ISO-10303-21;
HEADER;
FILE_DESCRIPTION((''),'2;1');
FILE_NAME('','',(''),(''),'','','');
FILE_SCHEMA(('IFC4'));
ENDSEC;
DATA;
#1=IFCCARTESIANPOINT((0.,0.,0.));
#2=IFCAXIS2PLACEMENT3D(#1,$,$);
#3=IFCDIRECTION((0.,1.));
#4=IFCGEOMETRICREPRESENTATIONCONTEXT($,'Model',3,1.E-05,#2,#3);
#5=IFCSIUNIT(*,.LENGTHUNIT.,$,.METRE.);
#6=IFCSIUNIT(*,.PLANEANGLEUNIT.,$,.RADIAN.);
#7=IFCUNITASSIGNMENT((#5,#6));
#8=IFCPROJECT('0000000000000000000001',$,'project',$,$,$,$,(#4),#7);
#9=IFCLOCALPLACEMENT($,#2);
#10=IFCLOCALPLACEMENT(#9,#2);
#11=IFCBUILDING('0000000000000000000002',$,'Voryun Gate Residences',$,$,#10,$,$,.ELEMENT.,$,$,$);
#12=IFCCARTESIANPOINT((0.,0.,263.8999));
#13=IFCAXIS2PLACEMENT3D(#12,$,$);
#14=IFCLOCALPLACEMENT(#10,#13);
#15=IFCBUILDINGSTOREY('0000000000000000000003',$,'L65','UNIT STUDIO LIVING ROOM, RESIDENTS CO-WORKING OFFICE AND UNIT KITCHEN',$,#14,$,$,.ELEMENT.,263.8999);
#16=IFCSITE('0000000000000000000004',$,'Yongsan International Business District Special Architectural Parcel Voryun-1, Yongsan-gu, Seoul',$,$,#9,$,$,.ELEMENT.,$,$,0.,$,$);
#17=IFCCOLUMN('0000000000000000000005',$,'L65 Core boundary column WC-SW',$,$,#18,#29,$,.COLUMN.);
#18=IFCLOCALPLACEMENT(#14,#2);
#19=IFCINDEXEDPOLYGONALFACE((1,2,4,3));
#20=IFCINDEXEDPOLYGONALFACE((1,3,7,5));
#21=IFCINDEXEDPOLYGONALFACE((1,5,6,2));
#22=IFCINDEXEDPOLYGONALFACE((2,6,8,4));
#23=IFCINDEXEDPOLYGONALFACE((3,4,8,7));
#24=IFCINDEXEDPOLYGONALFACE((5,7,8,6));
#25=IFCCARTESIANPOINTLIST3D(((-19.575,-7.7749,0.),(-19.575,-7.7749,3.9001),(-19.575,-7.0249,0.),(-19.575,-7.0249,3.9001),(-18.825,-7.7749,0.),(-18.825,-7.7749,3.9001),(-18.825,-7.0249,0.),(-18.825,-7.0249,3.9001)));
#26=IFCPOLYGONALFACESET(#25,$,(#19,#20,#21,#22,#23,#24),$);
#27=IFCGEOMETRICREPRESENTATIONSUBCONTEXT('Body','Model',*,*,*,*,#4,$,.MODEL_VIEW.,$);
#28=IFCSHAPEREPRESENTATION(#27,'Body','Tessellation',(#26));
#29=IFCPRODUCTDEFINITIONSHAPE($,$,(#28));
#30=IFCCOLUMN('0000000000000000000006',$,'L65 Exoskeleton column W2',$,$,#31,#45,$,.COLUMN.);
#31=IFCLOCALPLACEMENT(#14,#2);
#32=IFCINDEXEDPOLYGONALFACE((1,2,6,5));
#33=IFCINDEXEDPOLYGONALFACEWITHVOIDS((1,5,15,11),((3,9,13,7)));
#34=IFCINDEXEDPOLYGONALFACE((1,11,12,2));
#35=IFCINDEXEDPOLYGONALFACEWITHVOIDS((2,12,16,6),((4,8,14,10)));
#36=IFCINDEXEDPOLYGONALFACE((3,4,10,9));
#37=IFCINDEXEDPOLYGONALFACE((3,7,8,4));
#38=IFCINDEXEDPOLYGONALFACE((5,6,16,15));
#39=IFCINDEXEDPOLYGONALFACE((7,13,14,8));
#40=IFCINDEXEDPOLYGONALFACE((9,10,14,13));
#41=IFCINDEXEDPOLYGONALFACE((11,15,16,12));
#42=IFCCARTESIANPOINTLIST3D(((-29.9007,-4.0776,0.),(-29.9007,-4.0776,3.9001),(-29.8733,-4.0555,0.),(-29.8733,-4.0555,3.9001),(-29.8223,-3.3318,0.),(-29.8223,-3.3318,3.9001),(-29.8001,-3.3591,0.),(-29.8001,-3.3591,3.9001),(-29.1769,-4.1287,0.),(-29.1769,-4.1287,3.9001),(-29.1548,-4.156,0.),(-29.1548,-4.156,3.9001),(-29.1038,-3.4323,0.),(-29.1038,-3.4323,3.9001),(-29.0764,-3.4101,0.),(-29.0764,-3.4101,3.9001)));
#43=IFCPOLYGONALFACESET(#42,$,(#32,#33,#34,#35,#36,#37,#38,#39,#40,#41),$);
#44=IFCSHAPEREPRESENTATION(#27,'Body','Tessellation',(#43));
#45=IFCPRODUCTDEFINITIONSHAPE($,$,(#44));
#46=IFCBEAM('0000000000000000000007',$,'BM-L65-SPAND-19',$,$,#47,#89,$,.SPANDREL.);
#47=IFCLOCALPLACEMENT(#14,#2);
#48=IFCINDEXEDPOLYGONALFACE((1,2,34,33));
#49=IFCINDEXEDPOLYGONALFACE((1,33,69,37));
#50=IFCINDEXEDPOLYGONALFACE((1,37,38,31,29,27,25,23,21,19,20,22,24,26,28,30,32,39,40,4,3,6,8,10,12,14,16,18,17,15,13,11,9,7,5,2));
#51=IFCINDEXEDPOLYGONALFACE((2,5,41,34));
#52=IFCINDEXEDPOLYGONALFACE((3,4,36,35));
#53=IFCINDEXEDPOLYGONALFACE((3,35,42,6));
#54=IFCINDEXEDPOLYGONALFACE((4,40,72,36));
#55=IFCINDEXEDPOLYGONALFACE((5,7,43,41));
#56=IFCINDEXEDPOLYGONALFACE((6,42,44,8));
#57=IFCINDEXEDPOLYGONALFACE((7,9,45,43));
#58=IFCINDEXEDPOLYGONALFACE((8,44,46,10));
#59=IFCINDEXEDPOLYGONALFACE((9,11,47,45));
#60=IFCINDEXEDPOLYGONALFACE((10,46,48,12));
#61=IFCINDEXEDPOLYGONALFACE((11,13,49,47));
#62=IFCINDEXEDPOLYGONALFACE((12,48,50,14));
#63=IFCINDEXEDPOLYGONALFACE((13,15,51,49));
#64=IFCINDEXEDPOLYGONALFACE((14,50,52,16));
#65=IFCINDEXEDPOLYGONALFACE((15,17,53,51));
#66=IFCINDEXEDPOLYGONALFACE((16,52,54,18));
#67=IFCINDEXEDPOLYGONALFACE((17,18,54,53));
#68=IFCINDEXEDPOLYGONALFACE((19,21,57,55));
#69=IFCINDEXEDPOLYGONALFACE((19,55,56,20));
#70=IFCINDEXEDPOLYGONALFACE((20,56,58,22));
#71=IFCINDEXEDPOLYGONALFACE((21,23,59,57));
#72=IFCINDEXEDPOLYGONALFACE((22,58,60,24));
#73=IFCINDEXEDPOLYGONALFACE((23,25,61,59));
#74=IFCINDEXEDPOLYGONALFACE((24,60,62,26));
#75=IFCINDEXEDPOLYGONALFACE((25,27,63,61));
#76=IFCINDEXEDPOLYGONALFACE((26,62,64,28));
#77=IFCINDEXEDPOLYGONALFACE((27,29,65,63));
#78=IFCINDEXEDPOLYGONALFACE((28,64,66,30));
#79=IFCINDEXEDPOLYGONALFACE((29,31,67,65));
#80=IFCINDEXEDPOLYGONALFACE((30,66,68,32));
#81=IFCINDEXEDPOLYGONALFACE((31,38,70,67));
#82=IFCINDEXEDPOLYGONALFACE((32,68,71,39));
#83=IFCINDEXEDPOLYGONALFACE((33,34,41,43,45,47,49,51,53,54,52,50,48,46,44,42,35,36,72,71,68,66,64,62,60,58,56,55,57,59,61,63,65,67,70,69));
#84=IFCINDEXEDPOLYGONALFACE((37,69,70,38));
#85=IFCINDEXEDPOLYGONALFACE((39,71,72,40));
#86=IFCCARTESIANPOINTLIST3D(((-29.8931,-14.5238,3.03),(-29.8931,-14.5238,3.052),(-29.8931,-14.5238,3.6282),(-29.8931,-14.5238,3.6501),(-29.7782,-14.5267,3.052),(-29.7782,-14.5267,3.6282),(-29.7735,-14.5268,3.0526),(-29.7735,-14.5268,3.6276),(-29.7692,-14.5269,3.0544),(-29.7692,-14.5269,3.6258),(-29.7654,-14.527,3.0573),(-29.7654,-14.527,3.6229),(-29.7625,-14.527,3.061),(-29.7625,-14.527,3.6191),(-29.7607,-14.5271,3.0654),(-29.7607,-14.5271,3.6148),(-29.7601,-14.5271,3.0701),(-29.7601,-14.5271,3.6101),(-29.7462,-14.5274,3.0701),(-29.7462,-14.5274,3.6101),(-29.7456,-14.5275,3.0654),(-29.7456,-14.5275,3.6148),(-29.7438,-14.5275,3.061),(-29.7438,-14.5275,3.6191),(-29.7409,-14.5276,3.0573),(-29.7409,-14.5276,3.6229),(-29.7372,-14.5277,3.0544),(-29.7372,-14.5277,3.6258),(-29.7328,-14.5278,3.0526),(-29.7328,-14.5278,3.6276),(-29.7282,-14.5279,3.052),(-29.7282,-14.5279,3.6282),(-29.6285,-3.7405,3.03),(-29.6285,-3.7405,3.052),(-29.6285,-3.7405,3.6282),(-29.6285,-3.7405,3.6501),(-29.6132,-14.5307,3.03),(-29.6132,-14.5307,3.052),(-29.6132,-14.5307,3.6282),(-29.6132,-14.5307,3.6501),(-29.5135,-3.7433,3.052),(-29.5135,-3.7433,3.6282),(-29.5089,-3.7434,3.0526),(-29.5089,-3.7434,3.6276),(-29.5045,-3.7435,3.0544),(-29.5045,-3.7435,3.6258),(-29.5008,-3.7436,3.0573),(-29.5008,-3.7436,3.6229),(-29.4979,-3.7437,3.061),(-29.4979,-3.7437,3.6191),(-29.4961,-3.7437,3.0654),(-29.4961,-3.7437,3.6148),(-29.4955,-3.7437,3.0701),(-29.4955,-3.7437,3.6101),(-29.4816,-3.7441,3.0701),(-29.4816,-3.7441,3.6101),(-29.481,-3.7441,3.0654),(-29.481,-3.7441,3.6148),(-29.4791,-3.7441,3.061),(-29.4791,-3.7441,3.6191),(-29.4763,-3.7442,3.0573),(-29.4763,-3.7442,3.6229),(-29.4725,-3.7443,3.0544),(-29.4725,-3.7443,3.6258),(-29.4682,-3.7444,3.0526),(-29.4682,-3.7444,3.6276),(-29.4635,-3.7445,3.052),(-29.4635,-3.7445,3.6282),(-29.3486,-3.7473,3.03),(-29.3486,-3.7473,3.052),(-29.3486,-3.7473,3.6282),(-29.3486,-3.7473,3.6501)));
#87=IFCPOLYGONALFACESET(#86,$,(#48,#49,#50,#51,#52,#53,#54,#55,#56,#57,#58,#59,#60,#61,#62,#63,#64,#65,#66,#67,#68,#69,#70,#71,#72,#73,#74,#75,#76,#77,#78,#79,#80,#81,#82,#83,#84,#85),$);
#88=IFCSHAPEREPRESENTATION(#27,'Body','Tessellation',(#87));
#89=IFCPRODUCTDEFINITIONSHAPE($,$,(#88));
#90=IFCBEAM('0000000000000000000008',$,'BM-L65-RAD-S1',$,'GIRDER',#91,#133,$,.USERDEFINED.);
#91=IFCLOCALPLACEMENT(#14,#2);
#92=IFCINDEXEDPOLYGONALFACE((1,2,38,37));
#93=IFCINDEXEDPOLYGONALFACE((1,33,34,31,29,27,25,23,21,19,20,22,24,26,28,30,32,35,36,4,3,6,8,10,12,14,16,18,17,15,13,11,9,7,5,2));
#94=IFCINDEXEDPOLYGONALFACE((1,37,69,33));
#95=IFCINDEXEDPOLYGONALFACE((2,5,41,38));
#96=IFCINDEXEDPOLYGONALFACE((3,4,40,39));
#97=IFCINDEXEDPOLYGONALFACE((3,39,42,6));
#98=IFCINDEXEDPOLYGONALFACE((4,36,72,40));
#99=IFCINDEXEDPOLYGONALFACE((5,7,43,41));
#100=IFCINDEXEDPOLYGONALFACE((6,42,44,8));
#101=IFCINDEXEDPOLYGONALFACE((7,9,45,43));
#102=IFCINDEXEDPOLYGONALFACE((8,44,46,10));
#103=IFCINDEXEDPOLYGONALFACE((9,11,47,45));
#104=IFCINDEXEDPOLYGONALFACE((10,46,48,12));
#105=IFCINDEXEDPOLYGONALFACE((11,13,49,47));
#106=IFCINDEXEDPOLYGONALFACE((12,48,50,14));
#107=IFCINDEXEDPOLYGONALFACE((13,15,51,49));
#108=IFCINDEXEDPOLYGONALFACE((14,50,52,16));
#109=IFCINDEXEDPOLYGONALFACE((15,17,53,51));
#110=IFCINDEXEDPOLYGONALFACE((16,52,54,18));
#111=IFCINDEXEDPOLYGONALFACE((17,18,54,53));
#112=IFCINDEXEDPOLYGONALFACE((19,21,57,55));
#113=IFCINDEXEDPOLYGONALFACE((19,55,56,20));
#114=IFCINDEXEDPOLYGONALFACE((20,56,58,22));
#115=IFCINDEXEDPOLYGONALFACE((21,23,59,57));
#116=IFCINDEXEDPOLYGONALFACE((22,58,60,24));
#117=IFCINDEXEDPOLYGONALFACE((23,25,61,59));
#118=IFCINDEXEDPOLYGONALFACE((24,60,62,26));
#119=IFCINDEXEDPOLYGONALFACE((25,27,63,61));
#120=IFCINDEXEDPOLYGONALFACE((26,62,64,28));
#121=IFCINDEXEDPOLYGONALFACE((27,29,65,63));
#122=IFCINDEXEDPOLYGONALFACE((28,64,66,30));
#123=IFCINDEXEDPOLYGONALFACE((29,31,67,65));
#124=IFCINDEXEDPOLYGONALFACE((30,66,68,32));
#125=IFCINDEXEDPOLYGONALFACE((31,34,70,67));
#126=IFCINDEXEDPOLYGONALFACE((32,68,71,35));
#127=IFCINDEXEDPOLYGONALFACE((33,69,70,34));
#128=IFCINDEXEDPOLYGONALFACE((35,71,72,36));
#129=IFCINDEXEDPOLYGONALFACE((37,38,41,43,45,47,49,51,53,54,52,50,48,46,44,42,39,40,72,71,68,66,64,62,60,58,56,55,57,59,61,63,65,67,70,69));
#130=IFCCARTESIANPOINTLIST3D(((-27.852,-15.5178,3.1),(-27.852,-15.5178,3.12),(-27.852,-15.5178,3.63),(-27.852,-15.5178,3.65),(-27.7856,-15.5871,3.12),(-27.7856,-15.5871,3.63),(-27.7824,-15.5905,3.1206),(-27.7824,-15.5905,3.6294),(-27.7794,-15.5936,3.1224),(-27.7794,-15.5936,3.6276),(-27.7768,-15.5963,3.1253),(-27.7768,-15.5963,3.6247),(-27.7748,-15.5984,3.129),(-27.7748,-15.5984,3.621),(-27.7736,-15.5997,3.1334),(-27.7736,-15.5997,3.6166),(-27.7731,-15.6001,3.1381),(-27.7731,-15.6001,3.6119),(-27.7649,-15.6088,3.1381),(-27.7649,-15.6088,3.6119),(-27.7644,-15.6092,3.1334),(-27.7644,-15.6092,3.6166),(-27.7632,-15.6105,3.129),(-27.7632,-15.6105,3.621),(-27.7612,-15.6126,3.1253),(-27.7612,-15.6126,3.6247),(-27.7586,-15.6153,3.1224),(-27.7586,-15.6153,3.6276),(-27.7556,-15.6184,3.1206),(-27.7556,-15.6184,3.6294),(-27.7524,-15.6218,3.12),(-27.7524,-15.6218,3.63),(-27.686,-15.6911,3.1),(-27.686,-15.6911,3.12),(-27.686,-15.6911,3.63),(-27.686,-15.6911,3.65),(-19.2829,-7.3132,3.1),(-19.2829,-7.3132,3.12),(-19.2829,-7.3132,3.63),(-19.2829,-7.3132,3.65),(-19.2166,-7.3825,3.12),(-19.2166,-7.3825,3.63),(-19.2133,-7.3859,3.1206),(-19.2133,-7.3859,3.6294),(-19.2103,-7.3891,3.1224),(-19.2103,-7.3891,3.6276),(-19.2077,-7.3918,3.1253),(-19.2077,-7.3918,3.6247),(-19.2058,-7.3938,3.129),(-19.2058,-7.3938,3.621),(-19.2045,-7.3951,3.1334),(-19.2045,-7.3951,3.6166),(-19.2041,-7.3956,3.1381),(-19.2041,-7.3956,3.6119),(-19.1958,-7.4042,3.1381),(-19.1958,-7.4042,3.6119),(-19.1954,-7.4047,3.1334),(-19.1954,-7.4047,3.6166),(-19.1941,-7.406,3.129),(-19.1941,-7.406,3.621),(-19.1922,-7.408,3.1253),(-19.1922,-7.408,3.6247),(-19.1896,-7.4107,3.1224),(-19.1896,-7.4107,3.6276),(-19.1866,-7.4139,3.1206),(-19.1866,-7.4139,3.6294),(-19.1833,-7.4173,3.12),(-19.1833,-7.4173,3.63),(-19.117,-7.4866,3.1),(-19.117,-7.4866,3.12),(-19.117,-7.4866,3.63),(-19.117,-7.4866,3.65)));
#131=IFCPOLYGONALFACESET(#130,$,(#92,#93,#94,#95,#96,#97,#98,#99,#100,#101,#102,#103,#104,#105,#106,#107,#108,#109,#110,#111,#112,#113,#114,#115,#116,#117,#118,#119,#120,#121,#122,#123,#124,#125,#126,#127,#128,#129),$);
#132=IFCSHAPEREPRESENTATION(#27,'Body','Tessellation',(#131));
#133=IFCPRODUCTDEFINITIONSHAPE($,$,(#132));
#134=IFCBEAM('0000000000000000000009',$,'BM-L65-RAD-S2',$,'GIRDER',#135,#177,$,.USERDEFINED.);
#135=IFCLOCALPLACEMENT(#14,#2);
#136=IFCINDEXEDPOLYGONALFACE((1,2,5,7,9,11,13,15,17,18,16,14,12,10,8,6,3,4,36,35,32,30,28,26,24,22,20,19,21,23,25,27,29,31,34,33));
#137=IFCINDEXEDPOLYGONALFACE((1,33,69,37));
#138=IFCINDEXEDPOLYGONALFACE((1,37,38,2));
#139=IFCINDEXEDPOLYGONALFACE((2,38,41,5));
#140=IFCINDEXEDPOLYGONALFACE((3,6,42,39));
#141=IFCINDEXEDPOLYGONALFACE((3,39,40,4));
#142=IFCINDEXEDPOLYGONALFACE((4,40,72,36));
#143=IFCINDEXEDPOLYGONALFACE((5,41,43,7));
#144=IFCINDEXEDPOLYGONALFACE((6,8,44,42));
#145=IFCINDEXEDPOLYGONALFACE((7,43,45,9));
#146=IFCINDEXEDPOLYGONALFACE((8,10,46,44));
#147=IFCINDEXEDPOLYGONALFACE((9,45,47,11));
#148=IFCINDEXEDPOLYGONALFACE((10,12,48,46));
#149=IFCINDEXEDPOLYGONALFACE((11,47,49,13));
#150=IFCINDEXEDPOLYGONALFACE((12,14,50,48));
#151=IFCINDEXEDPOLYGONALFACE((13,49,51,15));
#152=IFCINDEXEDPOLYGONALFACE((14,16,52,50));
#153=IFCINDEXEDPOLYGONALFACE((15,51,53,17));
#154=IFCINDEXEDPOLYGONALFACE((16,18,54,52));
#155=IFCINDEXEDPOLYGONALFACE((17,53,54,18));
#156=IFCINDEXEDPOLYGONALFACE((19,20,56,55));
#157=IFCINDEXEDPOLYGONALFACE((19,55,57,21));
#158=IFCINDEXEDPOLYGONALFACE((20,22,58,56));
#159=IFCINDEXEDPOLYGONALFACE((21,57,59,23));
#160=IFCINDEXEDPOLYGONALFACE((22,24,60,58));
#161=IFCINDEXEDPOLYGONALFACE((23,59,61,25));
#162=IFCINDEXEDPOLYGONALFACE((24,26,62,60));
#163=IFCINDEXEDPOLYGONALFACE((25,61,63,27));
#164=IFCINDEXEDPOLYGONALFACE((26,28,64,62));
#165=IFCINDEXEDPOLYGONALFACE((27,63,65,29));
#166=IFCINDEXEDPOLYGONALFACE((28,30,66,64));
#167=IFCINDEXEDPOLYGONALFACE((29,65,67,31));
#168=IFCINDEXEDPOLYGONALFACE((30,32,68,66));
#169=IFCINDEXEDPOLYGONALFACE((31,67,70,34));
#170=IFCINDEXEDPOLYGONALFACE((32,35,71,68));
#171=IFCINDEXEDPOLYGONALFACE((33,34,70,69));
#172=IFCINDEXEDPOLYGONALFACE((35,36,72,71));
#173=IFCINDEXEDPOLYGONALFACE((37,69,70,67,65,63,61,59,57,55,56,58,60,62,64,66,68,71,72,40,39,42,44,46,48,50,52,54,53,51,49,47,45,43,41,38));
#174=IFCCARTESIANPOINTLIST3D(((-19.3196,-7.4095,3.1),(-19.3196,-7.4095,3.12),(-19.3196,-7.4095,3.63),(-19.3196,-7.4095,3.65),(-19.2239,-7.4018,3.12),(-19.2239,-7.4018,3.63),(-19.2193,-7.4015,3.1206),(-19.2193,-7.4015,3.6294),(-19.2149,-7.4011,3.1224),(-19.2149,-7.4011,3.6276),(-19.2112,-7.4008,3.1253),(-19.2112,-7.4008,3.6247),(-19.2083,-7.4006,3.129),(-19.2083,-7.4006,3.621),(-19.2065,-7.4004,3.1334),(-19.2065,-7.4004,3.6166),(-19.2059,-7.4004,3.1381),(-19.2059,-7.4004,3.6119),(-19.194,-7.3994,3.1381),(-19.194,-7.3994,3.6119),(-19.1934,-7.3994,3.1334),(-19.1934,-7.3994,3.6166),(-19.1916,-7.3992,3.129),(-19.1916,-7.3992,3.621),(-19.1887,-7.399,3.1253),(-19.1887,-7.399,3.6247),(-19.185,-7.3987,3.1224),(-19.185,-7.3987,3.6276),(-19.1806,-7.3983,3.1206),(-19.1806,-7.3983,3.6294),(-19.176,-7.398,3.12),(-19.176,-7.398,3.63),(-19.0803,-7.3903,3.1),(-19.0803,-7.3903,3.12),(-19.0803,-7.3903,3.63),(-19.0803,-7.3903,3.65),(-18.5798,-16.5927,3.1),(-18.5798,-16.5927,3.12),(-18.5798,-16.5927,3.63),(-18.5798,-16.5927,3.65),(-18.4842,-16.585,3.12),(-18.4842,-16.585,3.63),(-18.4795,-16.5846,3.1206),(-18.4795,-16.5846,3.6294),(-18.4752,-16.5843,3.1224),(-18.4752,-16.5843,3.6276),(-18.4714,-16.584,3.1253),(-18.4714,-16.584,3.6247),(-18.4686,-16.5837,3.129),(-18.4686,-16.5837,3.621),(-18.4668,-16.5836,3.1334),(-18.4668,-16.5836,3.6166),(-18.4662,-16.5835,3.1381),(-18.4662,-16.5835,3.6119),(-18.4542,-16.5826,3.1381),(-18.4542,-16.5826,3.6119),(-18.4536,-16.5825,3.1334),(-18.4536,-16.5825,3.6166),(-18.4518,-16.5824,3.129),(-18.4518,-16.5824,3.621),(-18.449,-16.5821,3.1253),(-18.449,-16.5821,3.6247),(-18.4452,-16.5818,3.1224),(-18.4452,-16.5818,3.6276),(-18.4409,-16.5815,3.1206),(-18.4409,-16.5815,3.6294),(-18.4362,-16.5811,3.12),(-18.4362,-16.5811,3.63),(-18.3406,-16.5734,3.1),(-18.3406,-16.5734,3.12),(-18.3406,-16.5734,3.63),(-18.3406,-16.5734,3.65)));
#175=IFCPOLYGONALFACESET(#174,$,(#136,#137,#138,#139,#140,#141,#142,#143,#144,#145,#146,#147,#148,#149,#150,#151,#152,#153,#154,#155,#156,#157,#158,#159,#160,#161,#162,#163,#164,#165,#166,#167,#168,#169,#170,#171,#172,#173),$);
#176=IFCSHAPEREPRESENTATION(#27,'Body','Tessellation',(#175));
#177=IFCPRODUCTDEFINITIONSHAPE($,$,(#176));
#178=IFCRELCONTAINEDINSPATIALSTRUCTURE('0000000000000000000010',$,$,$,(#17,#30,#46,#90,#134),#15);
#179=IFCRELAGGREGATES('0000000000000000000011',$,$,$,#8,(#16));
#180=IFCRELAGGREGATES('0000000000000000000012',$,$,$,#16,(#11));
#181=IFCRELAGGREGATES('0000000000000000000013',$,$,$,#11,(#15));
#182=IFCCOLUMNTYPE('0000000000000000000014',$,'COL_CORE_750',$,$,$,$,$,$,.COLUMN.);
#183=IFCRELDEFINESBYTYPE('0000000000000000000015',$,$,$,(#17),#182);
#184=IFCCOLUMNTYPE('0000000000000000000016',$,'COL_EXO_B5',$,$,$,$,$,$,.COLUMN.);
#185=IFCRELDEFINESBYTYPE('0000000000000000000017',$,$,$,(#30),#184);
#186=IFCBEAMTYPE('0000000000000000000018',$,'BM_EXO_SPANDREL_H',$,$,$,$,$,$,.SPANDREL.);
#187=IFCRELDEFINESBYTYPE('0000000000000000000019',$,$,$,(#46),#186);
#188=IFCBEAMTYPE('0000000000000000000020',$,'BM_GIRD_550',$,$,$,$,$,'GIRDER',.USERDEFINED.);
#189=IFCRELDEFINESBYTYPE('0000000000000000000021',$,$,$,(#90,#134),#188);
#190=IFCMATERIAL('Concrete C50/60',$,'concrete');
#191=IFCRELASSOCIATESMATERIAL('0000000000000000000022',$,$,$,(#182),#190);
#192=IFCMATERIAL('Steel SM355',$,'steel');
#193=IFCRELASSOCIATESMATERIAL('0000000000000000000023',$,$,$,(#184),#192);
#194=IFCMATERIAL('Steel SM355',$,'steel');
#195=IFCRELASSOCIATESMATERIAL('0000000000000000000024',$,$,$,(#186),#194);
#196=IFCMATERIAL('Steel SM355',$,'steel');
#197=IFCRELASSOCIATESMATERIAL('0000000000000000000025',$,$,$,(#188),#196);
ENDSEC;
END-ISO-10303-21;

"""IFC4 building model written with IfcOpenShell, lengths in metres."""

from ifc_helpers import new_model, si_unit, direction, frame, origin, origin_2d, place, context, subcontext, project, spatial, rectangle, hollow_rectangle, i_section, extrude, material, material_profile, profile_set, type_object, element, save


model = new_model("IFC4")

# Units and contexts
model_context = context("Model", 3, precision=1e-05, world=origin(), true_north=direction((0.0, 1.0)))
body_context = subcontext(model_context, "Body", "Model", "MODEL_VIEW")
ifc_project = project(units=[si_unit("LENGTHUNIT", "METRE"), si_unit("PLANEANGLEUNIT", "RADIAN")], contexts=[model_context])

# Site, building, storey
site_placement = place(None, origin())
site = spatial("IfcSite", under=ifc_project, at=site_placement, Name="Yongsan International Business District Special Architectural Parcel Voryun-1, Yongsan-gu, Seoul", CompositionType="ELEMENT", RefElevation=0.0)
building_placement = place(site_placement, origin())
building = spatial("IfcBuilding", under=site, at=building_placement, Name="Voryun Gate Residences", CompositionType="ELEMENT")
storey_placement = place(building_placement, frame((0.0, 0.0, 263.8999)))
storey = spatial("IfcBuildingStorey", under=building, at=storey_placement, Name="L65", Description="UNIT STUDIO LIVING ROOM, RESIDENTS CO-WORKING OFFICE AND UNIT KITCHEN", CompositionType="ELEMENT", Elevation=263.8999)

# Columns
ifc_material_1 = material(Name="Concrete C50/60", Category="concrete")
ifc_material_profile_1 = material_profile(ifc_material_1, rectangle(XDim=0.75, YDim=0.75, at=origin_2d()), Name="RC-750x750")
ifc_profile_set_1 = profile_set([ifc_material_profile_1], Name="Concrete C50/60")
column_type_1 = type_object("IfcColumnType", Name="COL_CORE_750", PredefinedType="COLUMN", material=ifc_profile_set_1)
column_1_placement = place(storey_placement, frame((-19.2, -7.3999, 0.0), z_axis=(0.0, 0.0, 1.0), x_axis=(1.0, 0.0, 0.0)))
element("IfcColumn", 1, at=column_1_placement, inside=storey, type_object=column_type_1, Name="L65 Core boundary column WC-SW", PredefinedType="COLUMN", context=body_context, shape_type="SweptSolid", body=[
    extrude(rectangle(XDim=0.75, YDim=0.75, at=origin_2d()), origin(), (0.0, 0.0, 1.0), 3.9001),
])
ifc_material_2 = material(Name="Steel SM355", Category="steel")
ifc_material_profile_2 = material_profile(ifc_material_2, hollow_rectangle(XDim=0.75, YDim=0.75, WallThickness=0.0249, at=origin_2d()), Name="BOX-750x750x25")
ifc_profile_set_2 = profile_set([ifc_material_profile_2], Name="Steel SM355")
column_type_2 = type_object("IfcColumnType", Name="COL_EXO_B5", PredefinedType="COLUMN", material=ifc_profile_set_2)
column_2_placement = place(storey_placement, frame((-29.4885, -3.7439, 0.0), z_axis=(0.0, 0.0, 1.0), x_axis=(0.994522, -0.104528, 0.0)))
element("IfcColumn", 2, at=column_2_placement, inside=storey, type_object=column_type_2, Name="L65 Exoskeleton column W2", PredefinedType="COLUMN", context=body_context, shape_type="SweptSolid", body=[
    extrude(hollow_rectangle(XDim=0.75, YDim=0.75, WallThickness=0.0249, at=origin_2d()), origin(), (0.0, 0.0, 1.0), 3.9001),
])

# Beams
ifc_material_3 = material(Name="Steel SM355", Category="steel")
ifc_material_profile_3 = material_profile(ifc_material_3, i_section(OverallWidth=0.28, OverallDepth=0.6201, WebThickness=0.0139, FlangeThickness=0.022, FilletRadius=0.0181, at=origin_2d()), Name="H-620x280x14x22")
ifc_profile_set_3 = profile_set([ifc_material_profile_3], Name="Steel SM355")
beam_type_1 = type_object("IfcBeamType", Name="BM_EXO_SPANDREL_H", PredefinedType="SPANDREL", material=ifc_profile_set_3)
beam_1_placement = place(storey_placement, frame((-29.4885, -3.7439, 3.3401), z_axis=(-0.024535, -0.999699, 0.0), x_axis=(0.999699, -0.024535, 0.0)))
element("IfcBeam", 3, at=beam_1_placement, inside=storey, type_object=beam_type_1, Name="BM-L65-SPAND-19", PredefinedType="SPANDREL", context=body_context, shape_type="SweptSolid", body=[
    extrude(i_section(OverallWidth=0.28, OverallDepth=0.6201, WebThickness=0.0139, FlangeThickness=0.022, FilletRadius=0.0181, at=origin_2d()), origin(), (0.0, 0.0, 1.0), 10.7866),
])
ifc_material_4 = material(Name="Steel SM355", Category="steel")
ifc_material_profile_4 = material_profile(ifc_material_4, i_section(OverallWidth=0.24, OverallDepth=0.55, WebThickness=0.012, FlangeThickness=0.02, FilletRadius=0.0181, at=origin_2d()), Name="H-550x240x12x20")
ifc_profile_set_4 = profile_set([ifc_material_profile_4], Name="Steel SM355")
beam_type_2 = type_object("IfcBeamType", Name="BM_GIRD_550", ElementType="GIRDER", PredefinedType="USERDEFINED", material=ifc_profile_set_4)
beam_2_placement = place(storey_placement, frame((-19.2, -7.3999, 3.375), z_axis=(-0.722302, -0.691578, 0.0), x_axis=(0.691578, -0.722302, 0.0)))
element("IfcBeam", 4, at=beam_2_placement, inside=storey, type_object=beam_type_2, Name="BM-L65-RAD-S1", ObjectType="GIRDER", PredefinedType="USERDEFINED", context=body_context, shape_type="SweptSolid", body=[
    extrude(i_section(OverallWidth=0.24, OverallDepth=0.55, WebThickness=0.012, FlangeThickness=0.02, FilletRadius=0.0181, at=origin_2d()), origin(), (0.0, 0.0, 1.0), 11.8635),
])
beam_3_placement = place(storey_placement, frame((-19.2, -7.3999, 3.375), z_axis=(0.080295, -0.996771, 0.0), x_axis=(0.996771, 0.080295, 0.0)))
element("IfcBeam", 5, at=beam_3_placement, inside=storey, type_object=beam_type_2, Name="BM-L65-RAD-S2", ObjectType="GIRDER", PredefinedType="USERDEFINED", context=body_context, shape_type="SweptSolid", body=[
    extrude(i_section(OverallWidth=0.24, OverallDepth=0.55, WebThickness=0.012, FlangeThickness=0.02, FilletRadius=0.0181, at=origin_2d()), origin(), (0.0, 0.0, 1.0), 9.2129),
])

save(model, "model.ifc")
